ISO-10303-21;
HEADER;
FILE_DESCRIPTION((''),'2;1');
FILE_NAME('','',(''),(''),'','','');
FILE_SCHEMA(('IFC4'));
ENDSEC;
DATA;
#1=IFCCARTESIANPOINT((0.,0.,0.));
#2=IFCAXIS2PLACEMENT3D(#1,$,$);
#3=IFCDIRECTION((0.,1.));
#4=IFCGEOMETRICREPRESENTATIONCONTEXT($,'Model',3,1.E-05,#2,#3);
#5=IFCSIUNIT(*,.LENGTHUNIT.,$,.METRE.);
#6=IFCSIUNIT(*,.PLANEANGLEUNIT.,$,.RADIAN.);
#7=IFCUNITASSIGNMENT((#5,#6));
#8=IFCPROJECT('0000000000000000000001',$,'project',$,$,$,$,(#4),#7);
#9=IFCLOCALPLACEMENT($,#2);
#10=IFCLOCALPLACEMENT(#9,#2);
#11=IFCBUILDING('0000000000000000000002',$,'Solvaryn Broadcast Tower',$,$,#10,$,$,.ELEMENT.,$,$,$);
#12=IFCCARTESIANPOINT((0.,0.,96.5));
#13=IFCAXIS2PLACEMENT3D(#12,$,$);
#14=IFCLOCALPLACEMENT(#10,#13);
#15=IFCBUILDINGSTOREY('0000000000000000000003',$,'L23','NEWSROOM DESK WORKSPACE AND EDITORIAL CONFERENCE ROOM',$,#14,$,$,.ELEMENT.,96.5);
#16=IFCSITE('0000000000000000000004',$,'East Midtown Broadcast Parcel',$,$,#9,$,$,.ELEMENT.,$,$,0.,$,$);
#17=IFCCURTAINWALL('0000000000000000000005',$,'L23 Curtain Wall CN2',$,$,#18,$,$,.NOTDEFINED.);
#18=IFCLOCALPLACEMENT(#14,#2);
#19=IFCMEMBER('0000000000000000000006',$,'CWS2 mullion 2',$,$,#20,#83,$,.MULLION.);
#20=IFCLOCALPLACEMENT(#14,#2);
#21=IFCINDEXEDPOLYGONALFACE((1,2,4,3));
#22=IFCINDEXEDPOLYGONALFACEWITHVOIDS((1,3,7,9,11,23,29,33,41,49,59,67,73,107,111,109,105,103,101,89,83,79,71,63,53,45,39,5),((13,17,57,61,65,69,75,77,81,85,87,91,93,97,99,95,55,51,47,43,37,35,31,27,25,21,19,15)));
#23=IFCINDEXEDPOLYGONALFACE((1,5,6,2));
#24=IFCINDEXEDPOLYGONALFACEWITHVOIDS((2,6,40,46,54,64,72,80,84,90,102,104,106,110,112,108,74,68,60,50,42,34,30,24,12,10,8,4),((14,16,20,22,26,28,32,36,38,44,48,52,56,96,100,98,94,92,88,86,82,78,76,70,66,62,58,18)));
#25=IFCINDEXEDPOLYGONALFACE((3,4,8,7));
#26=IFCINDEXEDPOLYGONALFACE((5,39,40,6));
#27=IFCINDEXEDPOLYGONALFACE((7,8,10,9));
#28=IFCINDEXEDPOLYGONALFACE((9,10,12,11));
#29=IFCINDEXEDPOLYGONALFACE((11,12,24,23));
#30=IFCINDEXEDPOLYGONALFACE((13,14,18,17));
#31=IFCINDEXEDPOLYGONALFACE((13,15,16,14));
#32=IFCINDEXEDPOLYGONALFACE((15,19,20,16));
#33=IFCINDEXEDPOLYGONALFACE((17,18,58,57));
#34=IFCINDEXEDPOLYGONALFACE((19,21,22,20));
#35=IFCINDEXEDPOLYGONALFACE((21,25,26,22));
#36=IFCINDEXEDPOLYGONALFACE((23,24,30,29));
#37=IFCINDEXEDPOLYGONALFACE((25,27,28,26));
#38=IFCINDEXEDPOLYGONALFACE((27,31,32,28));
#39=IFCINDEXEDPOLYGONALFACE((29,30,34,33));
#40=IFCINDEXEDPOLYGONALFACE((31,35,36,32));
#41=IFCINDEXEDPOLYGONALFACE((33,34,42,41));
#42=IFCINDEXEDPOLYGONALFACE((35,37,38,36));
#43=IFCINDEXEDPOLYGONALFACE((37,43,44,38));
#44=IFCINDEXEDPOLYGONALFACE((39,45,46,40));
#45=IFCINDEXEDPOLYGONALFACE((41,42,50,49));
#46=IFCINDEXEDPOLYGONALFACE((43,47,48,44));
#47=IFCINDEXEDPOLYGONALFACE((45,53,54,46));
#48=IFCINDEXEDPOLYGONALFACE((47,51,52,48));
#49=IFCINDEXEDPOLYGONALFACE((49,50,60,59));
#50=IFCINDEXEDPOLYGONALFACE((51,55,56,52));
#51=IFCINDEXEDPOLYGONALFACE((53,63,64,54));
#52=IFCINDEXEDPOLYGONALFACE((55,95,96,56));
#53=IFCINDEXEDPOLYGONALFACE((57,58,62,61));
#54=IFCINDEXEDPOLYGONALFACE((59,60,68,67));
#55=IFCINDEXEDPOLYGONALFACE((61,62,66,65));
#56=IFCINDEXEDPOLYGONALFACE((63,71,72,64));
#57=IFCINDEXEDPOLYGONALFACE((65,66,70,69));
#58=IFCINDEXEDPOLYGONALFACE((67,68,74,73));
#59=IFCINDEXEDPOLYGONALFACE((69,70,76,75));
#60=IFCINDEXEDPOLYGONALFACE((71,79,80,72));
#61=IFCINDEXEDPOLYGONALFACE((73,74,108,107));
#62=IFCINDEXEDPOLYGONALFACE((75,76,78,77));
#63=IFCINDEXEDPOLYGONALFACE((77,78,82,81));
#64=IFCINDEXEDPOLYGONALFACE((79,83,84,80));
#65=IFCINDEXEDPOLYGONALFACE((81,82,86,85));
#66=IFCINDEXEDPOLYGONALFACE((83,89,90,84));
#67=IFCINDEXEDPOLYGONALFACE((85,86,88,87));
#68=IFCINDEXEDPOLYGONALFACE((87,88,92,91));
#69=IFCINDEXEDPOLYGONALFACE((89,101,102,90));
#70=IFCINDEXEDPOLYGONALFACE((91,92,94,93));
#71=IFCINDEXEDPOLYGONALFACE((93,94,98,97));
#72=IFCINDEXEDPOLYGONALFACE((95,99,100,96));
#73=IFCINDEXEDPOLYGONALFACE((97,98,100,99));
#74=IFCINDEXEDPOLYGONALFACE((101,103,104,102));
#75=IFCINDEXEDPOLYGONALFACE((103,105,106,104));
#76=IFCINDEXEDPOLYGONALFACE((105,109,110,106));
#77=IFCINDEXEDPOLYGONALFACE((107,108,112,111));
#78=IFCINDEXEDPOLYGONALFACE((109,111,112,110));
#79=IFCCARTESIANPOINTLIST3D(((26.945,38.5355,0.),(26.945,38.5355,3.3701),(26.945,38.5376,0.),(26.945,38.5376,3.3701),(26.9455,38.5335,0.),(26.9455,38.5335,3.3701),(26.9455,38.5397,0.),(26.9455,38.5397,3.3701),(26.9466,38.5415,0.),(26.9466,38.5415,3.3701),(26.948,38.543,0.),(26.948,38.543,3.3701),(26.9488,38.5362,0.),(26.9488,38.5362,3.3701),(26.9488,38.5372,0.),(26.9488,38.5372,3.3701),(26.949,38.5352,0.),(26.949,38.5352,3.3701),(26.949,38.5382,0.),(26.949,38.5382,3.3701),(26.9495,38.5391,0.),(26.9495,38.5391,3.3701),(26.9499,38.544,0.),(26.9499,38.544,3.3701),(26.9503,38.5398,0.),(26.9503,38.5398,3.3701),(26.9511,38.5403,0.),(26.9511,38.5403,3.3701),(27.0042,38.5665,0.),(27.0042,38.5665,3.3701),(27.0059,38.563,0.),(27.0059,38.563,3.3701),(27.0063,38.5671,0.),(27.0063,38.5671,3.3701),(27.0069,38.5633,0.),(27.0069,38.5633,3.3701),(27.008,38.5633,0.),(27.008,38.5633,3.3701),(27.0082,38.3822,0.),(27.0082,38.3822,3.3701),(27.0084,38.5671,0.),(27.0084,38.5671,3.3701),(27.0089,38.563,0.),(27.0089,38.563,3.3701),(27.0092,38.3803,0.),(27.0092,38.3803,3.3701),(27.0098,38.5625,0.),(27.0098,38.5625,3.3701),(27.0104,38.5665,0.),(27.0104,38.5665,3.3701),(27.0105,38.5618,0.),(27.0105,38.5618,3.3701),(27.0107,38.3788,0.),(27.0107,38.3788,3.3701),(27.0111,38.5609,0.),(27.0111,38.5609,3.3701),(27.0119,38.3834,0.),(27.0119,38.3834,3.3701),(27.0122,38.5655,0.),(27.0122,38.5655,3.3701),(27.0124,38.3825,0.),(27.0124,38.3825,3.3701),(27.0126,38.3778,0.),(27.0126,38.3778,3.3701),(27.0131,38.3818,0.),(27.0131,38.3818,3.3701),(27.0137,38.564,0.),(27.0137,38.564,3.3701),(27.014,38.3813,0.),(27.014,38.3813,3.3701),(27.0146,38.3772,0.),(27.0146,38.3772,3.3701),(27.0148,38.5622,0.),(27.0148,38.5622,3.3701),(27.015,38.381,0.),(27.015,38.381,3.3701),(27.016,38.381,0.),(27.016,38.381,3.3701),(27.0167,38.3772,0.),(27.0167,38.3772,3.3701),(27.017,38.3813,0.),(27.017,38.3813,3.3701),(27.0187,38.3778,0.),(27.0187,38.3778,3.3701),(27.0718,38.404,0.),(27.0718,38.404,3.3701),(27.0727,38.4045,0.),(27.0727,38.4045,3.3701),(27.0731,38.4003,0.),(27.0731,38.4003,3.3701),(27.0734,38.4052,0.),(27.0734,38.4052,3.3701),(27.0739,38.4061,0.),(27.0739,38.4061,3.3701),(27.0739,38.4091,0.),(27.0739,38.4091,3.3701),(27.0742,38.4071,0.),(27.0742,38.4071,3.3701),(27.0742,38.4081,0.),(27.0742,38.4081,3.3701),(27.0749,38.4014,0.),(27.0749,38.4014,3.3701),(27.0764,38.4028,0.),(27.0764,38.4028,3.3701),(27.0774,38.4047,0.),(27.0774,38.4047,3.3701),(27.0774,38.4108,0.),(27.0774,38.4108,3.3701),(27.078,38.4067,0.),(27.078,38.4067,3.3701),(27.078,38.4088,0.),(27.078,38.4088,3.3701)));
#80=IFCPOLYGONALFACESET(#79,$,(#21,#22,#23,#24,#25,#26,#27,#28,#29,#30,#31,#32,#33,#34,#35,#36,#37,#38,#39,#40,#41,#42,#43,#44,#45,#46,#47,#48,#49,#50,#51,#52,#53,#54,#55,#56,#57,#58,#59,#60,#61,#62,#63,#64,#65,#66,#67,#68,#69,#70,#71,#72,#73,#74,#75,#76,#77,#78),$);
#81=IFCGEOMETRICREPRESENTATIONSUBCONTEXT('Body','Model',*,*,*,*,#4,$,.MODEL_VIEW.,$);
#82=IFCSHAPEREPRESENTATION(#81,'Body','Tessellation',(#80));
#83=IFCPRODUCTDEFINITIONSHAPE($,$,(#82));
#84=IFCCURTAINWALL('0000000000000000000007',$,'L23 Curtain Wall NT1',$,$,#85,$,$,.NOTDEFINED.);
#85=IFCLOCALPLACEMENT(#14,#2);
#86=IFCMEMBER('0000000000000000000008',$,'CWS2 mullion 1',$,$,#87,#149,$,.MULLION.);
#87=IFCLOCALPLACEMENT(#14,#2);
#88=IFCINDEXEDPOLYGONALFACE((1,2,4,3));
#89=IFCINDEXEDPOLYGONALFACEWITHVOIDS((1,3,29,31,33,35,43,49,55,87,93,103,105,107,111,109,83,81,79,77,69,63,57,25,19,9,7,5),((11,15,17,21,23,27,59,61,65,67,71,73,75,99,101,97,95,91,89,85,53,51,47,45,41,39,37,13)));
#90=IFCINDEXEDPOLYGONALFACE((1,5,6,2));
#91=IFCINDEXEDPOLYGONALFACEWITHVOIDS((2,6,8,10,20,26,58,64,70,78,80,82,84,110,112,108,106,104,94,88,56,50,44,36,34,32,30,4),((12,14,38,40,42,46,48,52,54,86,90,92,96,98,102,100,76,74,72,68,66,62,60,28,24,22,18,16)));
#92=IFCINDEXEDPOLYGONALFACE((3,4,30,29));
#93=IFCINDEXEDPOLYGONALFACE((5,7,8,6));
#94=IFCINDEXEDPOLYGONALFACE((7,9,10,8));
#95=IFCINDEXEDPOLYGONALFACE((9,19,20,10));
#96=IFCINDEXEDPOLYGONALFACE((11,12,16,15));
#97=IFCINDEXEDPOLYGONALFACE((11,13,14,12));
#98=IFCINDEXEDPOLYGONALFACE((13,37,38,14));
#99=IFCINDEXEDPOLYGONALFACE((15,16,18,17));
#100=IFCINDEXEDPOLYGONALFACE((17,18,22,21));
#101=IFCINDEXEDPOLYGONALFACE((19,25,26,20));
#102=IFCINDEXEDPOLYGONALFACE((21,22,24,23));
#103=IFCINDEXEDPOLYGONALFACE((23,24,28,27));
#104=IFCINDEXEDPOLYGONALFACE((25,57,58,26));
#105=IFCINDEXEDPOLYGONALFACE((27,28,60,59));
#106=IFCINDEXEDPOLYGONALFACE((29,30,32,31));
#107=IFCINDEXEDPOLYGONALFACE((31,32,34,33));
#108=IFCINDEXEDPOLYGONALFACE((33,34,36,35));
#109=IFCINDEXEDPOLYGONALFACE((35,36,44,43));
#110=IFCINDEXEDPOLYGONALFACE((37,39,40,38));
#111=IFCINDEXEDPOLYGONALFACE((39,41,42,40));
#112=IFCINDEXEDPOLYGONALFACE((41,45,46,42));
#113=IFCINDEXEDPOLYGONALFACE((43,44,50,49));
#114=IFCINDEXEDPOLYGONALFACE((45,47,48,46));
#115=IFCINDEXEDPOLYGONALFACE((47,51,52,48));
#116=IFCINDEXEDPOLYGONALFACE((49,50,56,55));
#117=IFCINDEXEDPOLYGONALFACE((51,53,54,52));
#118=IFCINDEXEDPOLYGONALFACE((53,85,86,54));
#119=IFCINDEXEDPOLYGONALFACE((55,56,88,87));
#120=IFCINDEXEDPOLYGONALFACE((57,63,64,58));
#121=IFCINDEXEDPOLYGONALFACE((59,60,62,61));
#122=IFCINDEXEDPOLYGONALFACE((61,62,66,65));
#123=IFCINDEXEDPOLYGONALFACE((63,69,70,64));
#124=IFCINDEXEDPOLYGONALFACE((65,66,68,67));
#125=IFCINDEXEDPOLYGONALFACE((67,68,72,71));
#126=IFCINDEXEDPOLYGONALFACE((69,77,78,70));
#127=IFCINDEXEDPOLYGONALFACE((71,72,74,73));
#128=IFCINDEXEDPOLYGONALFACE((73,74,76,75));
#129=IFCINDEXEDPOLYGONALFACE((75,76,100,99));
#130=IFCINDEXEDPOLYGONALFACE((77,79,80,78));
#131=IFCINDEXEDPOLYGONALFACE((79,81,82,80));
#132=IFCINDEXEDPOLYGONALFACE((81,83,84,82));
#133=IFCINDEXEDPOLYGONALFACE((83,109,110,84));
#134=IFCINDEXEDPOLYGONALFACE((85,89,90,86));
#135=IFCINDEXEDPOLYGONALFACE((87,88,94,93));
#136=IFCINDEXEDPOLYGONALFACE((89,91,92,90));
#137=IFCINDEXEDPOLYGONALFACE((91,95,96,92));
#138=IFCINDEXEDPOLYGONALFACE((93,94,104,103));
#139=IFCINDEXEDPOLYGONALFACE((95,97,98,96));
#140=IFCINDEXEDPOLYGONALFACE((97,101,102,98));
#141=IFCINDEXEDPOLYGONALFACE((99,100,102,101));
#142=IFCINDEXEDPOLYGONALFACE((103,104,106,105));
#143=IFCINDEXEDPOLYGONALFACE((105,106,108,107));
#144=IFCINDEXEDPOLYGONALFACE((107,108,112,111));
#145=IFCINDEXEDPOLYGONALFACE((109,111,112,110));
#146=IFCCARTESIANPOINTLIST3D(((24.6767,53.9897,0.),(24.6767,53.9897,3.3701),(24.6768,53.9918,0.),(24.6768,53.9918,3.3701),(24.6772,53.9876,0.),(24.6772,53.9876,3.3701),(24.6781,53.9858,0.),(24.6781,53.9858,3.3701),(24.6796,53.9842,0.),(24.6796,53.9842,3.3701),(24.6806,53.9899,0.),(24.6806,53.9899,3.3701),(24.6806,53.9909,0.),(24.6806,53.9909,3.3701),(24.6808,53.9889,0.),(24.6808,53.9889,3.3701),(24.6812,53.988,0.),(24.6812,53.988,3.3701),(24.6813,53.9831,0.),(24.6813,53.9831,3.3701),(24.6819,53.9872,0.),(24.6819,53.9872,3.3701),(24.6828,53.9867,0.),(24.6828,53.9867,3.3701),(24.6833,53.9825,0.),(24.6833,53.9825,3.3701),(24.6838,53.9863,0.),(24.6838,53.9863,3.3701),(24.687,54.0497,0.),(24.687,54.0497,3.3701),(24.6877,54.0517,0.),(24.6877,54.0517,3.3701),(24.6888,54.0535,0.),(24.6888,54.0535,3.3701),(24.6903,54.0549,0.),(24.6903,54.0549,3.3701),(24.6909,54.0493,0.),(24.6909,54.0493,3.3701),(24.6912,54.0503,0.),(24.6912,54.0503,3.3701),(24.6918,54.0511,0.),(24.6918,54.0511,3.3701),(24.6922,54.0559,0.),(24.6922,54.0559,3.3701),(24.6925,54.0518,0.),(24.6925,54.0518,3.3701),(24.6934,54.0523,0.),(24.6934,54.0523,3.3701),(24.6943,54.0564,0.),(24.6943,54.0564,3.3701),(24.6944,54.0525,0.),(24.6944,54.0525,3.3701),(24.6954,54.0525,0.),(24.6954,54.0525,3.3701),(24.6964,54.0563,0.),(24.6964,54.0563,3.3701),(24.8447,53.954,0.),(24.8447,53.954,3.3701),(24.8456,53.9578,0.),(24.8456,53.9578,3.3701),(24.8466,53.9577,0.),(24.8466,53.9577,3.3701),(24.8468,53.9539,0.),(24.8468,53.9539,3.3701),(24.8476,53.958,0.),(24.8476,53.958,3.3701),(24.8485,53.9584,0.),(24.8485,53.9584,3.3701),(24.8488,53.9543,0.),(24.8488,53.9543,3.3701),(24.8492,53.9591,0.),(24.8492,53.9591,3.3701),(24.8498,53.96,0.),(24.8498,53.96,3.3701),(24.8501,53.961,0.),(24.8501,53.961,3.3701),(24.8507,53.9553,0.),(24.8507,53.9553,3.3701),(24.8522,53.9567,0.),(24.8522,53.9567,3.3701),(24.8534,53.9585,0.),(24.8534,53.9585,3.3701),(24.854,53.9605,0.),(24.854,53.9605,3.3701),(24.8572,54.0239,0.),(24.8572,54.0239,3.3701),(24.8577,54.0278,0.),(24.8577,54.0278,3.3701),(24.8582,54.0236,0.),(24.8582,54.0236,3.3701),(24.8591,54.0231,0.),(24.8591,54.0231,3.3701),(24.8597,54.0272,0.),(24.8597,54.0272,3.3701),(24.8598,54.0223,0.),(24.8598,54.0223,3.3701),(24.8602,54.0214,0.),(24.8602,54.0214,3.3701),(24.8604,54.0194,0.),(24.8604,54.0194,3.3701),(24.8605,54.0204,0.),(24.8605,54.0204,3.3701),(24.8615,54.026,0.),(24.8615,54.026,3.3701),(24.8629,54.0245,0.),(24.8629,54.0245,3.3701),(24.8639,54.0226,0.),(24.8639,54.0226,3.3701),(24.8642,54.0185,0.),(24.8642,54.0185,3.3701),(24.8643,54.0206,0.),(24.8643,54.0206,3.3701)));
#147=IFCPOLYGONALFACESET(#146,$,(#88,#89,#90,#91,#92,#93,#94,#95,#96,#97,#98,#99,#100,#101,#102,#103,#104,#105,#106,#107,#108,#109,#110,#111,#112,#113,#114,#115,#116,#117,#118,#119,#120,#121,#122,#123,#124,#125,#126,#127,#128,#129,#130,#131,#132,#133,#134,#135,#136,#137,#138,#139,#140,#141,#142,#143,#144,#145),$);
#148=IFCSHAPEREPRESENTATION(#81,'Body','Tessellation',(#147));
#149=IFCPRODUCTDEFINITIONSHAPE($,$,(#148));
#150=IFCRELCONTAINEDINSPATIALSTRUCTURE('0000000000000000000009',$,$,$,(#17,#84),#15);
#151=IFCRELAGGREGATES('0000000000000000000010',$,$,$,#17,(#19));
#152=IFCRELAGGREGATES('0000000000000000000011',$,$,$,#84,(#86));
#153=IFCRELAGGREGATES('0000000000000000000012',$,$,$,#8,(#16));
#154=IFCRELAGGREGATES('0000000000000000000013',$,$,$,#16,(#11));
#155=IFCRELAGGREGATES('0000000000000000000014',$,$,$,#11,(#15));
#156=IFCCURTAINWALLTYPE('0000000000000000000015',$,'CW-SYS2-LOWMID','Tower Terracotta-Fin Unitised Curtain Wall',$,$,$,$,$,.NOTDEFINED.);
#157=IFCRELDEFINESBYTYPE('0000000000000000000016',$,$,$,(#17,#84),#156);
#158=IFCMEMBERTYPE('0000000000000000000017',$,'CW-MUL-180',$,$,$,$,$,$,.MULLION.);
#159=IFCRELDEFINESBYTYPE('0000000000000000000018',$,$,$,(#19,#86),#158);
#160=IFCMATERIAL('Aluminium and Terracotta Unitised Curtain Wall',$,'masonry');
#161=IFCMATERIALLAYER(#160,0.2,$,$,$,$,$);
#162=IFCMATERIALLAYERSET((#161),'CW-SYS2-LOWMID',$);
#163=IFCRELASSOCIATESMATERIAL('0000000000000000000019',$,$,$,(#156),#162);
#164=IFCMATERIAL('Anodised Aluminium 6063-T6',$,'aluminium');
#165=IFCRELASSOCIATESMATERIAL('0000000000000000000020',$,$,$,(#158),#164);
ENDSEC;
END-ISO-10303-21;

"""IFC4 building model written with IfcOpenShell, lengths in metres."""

from ifc_helpers import new_model, si_unit, direction, frame, origin, origin_2d, place, context, subcontext, project, spatial, hollow_rectangle, extrude, material, layer, layer_set, material_profile, profile_set, type_object, element, aggregate, save


model = new_model("IFC4")

# Units and contexts
model_context = context("Model", 3, precision=1e-05, world=origin(), true_north=direction((0.0, 1.0)))
body_context = subcontext(model_context, "Body", "Model", "MODEL_VIEW")
ifc_project = project(units=[si_unit("LENGTHUNIT", "METRE"), si_unit("PLANEANGLEUNIT", "RADIAN")], contexts=[model_context])

# Site, building, storey
site_placement = place(None, origin())
site = spatial("IfcSite", under=ifc_project, at=site_placement, Name="East Midtown Broadcast Parcel", CompositionType="ELEMENT", RefElevation=0.0)
building_placement = place(site_placement, origin())
building = spatial("IfcBuilding", under=site, at=building_placement, Name="Solvaryn Broadcast Tower", CompositionType="ELEMENT")
storey_placement = place(building_placement, frame((0.0, 0.0, 96.5)))
storey = spatial("IfcBuildingStorey", under=building, at=storey_placement, Name="L23", Description="NEWSROOM DESK WORKSPACE AND EDITORIAL CONFERENCE ROOM", CompositionType="ELEMENT", Elevation=96.5)

# Shared definitions
ifc_material_1 = material(Name="Aluminium and Terracotta Unitised Curtain Wall", Category="masonry")
ifc_layer_1 = layer(ifc_material_1, 0.2)
ifc_layer_set_1 = layer_set([ifc_layer_1], Name="CW-SYS2-LOWMID")
curtain_wall_type = type_object("IfcCurtainWallType", Name="CW-SYS2-LOWMID", Description="Tower Terracotta-Fin Unitised Curtain Wall", PredefinedType="NOTDEFINED", material=ifc_layer_set_1)
ifc_material_2 = material(Name="Anodised Aluminium 6063-T6", Category="aluminium")
ifc_material_profile_1 = material_profile(ifc_material_2, hollow_rectangle(XDim=0.075, YDim=0.1799, WallThickness=0.0039, InnerFilletRadius=0.0039, OuterFilletRadius=0.0081, at=origin_2d()))
ifc_profile_set_1 = profile_set([ifc_material_profile_1], Name="Anodised Aluminium 6063-T6")
member_type_1 = type_object("IfcMemberType", Name="CW-MUL-180", PredefinedType="MULLION", material=ifc_profile_set_1)

# Curtain walls, members
curtain_wall_1_placement = place(storey_placement, origin())
curtain_wall_1 = element("IfcCurtainWall", 1, at=curtain_wall_1_placement, inside=storey, type_object=curtain_wall_type, Name="L23 Curtain Wall CN2", PredefinedType="NOTDEFINED")
member_1_placement = place(storey_placement, frame((27.0115, 38.4722, 0.0), z_axis=(0.0, 0.0, 1.0), x_axis=(-0.923895, -0.382646, 0.0)))
member_1 = element("IfcMember", 2, at=member_1_placement, type_object=member_type_1, Name="CWS2 mullion 2", PredefinedType="MULLION", context=body_context, shape_type="SweptSolid", body=[
    extrude(hollow_rectangle(XDim=0.075, YDim=0.1799, WallThickness=0.0039, InnerFilletRadius=0.0039, OuterFilletRadius=0.0081, at=origin_2d()), origin(), (0.0, 0.0, 1.0), 3.3701),
])
aggregate(curtain_wall_1, [member_1])
curtain_wall_2_placement = place(storey_placement, origin())
curtain_wall_2 = element("IfcCurtainWall", 3, at=curtain_wall_2_placement, inside=storey, type_object=curtain_wall_type, Name="L23 Curtain Wall NT1", PredefinedType="NOTDEFINED")
member_2_placement = place(storey_placement, frame((24.7705, 54.0051, 0.0), z_axis=(0.0, 0.0, 1.0), x_axis=(-0.173785, -0.984784, 0.0)))
member_2 = element("IfcMember", 4, at=member_2_placement, type_object=member_type_1, Name="CWS2 mullion 1", PredefinedType="MULLION", context=body_context, shape_type="SweptSolid", body=[
    extrude(hollow_rectangle(XDim=0.075, YDim=0.1799, WallThickness=0.0039, InnerFilletRadius=0.0039, OuterFilletRadius=0.0081, at=origin_2d()), origin(), (0.0, 0.0, 1.0), 3.3701),
])

aggregate(curtain_wall_2, [member_2])

save(model, "model.ifc")
